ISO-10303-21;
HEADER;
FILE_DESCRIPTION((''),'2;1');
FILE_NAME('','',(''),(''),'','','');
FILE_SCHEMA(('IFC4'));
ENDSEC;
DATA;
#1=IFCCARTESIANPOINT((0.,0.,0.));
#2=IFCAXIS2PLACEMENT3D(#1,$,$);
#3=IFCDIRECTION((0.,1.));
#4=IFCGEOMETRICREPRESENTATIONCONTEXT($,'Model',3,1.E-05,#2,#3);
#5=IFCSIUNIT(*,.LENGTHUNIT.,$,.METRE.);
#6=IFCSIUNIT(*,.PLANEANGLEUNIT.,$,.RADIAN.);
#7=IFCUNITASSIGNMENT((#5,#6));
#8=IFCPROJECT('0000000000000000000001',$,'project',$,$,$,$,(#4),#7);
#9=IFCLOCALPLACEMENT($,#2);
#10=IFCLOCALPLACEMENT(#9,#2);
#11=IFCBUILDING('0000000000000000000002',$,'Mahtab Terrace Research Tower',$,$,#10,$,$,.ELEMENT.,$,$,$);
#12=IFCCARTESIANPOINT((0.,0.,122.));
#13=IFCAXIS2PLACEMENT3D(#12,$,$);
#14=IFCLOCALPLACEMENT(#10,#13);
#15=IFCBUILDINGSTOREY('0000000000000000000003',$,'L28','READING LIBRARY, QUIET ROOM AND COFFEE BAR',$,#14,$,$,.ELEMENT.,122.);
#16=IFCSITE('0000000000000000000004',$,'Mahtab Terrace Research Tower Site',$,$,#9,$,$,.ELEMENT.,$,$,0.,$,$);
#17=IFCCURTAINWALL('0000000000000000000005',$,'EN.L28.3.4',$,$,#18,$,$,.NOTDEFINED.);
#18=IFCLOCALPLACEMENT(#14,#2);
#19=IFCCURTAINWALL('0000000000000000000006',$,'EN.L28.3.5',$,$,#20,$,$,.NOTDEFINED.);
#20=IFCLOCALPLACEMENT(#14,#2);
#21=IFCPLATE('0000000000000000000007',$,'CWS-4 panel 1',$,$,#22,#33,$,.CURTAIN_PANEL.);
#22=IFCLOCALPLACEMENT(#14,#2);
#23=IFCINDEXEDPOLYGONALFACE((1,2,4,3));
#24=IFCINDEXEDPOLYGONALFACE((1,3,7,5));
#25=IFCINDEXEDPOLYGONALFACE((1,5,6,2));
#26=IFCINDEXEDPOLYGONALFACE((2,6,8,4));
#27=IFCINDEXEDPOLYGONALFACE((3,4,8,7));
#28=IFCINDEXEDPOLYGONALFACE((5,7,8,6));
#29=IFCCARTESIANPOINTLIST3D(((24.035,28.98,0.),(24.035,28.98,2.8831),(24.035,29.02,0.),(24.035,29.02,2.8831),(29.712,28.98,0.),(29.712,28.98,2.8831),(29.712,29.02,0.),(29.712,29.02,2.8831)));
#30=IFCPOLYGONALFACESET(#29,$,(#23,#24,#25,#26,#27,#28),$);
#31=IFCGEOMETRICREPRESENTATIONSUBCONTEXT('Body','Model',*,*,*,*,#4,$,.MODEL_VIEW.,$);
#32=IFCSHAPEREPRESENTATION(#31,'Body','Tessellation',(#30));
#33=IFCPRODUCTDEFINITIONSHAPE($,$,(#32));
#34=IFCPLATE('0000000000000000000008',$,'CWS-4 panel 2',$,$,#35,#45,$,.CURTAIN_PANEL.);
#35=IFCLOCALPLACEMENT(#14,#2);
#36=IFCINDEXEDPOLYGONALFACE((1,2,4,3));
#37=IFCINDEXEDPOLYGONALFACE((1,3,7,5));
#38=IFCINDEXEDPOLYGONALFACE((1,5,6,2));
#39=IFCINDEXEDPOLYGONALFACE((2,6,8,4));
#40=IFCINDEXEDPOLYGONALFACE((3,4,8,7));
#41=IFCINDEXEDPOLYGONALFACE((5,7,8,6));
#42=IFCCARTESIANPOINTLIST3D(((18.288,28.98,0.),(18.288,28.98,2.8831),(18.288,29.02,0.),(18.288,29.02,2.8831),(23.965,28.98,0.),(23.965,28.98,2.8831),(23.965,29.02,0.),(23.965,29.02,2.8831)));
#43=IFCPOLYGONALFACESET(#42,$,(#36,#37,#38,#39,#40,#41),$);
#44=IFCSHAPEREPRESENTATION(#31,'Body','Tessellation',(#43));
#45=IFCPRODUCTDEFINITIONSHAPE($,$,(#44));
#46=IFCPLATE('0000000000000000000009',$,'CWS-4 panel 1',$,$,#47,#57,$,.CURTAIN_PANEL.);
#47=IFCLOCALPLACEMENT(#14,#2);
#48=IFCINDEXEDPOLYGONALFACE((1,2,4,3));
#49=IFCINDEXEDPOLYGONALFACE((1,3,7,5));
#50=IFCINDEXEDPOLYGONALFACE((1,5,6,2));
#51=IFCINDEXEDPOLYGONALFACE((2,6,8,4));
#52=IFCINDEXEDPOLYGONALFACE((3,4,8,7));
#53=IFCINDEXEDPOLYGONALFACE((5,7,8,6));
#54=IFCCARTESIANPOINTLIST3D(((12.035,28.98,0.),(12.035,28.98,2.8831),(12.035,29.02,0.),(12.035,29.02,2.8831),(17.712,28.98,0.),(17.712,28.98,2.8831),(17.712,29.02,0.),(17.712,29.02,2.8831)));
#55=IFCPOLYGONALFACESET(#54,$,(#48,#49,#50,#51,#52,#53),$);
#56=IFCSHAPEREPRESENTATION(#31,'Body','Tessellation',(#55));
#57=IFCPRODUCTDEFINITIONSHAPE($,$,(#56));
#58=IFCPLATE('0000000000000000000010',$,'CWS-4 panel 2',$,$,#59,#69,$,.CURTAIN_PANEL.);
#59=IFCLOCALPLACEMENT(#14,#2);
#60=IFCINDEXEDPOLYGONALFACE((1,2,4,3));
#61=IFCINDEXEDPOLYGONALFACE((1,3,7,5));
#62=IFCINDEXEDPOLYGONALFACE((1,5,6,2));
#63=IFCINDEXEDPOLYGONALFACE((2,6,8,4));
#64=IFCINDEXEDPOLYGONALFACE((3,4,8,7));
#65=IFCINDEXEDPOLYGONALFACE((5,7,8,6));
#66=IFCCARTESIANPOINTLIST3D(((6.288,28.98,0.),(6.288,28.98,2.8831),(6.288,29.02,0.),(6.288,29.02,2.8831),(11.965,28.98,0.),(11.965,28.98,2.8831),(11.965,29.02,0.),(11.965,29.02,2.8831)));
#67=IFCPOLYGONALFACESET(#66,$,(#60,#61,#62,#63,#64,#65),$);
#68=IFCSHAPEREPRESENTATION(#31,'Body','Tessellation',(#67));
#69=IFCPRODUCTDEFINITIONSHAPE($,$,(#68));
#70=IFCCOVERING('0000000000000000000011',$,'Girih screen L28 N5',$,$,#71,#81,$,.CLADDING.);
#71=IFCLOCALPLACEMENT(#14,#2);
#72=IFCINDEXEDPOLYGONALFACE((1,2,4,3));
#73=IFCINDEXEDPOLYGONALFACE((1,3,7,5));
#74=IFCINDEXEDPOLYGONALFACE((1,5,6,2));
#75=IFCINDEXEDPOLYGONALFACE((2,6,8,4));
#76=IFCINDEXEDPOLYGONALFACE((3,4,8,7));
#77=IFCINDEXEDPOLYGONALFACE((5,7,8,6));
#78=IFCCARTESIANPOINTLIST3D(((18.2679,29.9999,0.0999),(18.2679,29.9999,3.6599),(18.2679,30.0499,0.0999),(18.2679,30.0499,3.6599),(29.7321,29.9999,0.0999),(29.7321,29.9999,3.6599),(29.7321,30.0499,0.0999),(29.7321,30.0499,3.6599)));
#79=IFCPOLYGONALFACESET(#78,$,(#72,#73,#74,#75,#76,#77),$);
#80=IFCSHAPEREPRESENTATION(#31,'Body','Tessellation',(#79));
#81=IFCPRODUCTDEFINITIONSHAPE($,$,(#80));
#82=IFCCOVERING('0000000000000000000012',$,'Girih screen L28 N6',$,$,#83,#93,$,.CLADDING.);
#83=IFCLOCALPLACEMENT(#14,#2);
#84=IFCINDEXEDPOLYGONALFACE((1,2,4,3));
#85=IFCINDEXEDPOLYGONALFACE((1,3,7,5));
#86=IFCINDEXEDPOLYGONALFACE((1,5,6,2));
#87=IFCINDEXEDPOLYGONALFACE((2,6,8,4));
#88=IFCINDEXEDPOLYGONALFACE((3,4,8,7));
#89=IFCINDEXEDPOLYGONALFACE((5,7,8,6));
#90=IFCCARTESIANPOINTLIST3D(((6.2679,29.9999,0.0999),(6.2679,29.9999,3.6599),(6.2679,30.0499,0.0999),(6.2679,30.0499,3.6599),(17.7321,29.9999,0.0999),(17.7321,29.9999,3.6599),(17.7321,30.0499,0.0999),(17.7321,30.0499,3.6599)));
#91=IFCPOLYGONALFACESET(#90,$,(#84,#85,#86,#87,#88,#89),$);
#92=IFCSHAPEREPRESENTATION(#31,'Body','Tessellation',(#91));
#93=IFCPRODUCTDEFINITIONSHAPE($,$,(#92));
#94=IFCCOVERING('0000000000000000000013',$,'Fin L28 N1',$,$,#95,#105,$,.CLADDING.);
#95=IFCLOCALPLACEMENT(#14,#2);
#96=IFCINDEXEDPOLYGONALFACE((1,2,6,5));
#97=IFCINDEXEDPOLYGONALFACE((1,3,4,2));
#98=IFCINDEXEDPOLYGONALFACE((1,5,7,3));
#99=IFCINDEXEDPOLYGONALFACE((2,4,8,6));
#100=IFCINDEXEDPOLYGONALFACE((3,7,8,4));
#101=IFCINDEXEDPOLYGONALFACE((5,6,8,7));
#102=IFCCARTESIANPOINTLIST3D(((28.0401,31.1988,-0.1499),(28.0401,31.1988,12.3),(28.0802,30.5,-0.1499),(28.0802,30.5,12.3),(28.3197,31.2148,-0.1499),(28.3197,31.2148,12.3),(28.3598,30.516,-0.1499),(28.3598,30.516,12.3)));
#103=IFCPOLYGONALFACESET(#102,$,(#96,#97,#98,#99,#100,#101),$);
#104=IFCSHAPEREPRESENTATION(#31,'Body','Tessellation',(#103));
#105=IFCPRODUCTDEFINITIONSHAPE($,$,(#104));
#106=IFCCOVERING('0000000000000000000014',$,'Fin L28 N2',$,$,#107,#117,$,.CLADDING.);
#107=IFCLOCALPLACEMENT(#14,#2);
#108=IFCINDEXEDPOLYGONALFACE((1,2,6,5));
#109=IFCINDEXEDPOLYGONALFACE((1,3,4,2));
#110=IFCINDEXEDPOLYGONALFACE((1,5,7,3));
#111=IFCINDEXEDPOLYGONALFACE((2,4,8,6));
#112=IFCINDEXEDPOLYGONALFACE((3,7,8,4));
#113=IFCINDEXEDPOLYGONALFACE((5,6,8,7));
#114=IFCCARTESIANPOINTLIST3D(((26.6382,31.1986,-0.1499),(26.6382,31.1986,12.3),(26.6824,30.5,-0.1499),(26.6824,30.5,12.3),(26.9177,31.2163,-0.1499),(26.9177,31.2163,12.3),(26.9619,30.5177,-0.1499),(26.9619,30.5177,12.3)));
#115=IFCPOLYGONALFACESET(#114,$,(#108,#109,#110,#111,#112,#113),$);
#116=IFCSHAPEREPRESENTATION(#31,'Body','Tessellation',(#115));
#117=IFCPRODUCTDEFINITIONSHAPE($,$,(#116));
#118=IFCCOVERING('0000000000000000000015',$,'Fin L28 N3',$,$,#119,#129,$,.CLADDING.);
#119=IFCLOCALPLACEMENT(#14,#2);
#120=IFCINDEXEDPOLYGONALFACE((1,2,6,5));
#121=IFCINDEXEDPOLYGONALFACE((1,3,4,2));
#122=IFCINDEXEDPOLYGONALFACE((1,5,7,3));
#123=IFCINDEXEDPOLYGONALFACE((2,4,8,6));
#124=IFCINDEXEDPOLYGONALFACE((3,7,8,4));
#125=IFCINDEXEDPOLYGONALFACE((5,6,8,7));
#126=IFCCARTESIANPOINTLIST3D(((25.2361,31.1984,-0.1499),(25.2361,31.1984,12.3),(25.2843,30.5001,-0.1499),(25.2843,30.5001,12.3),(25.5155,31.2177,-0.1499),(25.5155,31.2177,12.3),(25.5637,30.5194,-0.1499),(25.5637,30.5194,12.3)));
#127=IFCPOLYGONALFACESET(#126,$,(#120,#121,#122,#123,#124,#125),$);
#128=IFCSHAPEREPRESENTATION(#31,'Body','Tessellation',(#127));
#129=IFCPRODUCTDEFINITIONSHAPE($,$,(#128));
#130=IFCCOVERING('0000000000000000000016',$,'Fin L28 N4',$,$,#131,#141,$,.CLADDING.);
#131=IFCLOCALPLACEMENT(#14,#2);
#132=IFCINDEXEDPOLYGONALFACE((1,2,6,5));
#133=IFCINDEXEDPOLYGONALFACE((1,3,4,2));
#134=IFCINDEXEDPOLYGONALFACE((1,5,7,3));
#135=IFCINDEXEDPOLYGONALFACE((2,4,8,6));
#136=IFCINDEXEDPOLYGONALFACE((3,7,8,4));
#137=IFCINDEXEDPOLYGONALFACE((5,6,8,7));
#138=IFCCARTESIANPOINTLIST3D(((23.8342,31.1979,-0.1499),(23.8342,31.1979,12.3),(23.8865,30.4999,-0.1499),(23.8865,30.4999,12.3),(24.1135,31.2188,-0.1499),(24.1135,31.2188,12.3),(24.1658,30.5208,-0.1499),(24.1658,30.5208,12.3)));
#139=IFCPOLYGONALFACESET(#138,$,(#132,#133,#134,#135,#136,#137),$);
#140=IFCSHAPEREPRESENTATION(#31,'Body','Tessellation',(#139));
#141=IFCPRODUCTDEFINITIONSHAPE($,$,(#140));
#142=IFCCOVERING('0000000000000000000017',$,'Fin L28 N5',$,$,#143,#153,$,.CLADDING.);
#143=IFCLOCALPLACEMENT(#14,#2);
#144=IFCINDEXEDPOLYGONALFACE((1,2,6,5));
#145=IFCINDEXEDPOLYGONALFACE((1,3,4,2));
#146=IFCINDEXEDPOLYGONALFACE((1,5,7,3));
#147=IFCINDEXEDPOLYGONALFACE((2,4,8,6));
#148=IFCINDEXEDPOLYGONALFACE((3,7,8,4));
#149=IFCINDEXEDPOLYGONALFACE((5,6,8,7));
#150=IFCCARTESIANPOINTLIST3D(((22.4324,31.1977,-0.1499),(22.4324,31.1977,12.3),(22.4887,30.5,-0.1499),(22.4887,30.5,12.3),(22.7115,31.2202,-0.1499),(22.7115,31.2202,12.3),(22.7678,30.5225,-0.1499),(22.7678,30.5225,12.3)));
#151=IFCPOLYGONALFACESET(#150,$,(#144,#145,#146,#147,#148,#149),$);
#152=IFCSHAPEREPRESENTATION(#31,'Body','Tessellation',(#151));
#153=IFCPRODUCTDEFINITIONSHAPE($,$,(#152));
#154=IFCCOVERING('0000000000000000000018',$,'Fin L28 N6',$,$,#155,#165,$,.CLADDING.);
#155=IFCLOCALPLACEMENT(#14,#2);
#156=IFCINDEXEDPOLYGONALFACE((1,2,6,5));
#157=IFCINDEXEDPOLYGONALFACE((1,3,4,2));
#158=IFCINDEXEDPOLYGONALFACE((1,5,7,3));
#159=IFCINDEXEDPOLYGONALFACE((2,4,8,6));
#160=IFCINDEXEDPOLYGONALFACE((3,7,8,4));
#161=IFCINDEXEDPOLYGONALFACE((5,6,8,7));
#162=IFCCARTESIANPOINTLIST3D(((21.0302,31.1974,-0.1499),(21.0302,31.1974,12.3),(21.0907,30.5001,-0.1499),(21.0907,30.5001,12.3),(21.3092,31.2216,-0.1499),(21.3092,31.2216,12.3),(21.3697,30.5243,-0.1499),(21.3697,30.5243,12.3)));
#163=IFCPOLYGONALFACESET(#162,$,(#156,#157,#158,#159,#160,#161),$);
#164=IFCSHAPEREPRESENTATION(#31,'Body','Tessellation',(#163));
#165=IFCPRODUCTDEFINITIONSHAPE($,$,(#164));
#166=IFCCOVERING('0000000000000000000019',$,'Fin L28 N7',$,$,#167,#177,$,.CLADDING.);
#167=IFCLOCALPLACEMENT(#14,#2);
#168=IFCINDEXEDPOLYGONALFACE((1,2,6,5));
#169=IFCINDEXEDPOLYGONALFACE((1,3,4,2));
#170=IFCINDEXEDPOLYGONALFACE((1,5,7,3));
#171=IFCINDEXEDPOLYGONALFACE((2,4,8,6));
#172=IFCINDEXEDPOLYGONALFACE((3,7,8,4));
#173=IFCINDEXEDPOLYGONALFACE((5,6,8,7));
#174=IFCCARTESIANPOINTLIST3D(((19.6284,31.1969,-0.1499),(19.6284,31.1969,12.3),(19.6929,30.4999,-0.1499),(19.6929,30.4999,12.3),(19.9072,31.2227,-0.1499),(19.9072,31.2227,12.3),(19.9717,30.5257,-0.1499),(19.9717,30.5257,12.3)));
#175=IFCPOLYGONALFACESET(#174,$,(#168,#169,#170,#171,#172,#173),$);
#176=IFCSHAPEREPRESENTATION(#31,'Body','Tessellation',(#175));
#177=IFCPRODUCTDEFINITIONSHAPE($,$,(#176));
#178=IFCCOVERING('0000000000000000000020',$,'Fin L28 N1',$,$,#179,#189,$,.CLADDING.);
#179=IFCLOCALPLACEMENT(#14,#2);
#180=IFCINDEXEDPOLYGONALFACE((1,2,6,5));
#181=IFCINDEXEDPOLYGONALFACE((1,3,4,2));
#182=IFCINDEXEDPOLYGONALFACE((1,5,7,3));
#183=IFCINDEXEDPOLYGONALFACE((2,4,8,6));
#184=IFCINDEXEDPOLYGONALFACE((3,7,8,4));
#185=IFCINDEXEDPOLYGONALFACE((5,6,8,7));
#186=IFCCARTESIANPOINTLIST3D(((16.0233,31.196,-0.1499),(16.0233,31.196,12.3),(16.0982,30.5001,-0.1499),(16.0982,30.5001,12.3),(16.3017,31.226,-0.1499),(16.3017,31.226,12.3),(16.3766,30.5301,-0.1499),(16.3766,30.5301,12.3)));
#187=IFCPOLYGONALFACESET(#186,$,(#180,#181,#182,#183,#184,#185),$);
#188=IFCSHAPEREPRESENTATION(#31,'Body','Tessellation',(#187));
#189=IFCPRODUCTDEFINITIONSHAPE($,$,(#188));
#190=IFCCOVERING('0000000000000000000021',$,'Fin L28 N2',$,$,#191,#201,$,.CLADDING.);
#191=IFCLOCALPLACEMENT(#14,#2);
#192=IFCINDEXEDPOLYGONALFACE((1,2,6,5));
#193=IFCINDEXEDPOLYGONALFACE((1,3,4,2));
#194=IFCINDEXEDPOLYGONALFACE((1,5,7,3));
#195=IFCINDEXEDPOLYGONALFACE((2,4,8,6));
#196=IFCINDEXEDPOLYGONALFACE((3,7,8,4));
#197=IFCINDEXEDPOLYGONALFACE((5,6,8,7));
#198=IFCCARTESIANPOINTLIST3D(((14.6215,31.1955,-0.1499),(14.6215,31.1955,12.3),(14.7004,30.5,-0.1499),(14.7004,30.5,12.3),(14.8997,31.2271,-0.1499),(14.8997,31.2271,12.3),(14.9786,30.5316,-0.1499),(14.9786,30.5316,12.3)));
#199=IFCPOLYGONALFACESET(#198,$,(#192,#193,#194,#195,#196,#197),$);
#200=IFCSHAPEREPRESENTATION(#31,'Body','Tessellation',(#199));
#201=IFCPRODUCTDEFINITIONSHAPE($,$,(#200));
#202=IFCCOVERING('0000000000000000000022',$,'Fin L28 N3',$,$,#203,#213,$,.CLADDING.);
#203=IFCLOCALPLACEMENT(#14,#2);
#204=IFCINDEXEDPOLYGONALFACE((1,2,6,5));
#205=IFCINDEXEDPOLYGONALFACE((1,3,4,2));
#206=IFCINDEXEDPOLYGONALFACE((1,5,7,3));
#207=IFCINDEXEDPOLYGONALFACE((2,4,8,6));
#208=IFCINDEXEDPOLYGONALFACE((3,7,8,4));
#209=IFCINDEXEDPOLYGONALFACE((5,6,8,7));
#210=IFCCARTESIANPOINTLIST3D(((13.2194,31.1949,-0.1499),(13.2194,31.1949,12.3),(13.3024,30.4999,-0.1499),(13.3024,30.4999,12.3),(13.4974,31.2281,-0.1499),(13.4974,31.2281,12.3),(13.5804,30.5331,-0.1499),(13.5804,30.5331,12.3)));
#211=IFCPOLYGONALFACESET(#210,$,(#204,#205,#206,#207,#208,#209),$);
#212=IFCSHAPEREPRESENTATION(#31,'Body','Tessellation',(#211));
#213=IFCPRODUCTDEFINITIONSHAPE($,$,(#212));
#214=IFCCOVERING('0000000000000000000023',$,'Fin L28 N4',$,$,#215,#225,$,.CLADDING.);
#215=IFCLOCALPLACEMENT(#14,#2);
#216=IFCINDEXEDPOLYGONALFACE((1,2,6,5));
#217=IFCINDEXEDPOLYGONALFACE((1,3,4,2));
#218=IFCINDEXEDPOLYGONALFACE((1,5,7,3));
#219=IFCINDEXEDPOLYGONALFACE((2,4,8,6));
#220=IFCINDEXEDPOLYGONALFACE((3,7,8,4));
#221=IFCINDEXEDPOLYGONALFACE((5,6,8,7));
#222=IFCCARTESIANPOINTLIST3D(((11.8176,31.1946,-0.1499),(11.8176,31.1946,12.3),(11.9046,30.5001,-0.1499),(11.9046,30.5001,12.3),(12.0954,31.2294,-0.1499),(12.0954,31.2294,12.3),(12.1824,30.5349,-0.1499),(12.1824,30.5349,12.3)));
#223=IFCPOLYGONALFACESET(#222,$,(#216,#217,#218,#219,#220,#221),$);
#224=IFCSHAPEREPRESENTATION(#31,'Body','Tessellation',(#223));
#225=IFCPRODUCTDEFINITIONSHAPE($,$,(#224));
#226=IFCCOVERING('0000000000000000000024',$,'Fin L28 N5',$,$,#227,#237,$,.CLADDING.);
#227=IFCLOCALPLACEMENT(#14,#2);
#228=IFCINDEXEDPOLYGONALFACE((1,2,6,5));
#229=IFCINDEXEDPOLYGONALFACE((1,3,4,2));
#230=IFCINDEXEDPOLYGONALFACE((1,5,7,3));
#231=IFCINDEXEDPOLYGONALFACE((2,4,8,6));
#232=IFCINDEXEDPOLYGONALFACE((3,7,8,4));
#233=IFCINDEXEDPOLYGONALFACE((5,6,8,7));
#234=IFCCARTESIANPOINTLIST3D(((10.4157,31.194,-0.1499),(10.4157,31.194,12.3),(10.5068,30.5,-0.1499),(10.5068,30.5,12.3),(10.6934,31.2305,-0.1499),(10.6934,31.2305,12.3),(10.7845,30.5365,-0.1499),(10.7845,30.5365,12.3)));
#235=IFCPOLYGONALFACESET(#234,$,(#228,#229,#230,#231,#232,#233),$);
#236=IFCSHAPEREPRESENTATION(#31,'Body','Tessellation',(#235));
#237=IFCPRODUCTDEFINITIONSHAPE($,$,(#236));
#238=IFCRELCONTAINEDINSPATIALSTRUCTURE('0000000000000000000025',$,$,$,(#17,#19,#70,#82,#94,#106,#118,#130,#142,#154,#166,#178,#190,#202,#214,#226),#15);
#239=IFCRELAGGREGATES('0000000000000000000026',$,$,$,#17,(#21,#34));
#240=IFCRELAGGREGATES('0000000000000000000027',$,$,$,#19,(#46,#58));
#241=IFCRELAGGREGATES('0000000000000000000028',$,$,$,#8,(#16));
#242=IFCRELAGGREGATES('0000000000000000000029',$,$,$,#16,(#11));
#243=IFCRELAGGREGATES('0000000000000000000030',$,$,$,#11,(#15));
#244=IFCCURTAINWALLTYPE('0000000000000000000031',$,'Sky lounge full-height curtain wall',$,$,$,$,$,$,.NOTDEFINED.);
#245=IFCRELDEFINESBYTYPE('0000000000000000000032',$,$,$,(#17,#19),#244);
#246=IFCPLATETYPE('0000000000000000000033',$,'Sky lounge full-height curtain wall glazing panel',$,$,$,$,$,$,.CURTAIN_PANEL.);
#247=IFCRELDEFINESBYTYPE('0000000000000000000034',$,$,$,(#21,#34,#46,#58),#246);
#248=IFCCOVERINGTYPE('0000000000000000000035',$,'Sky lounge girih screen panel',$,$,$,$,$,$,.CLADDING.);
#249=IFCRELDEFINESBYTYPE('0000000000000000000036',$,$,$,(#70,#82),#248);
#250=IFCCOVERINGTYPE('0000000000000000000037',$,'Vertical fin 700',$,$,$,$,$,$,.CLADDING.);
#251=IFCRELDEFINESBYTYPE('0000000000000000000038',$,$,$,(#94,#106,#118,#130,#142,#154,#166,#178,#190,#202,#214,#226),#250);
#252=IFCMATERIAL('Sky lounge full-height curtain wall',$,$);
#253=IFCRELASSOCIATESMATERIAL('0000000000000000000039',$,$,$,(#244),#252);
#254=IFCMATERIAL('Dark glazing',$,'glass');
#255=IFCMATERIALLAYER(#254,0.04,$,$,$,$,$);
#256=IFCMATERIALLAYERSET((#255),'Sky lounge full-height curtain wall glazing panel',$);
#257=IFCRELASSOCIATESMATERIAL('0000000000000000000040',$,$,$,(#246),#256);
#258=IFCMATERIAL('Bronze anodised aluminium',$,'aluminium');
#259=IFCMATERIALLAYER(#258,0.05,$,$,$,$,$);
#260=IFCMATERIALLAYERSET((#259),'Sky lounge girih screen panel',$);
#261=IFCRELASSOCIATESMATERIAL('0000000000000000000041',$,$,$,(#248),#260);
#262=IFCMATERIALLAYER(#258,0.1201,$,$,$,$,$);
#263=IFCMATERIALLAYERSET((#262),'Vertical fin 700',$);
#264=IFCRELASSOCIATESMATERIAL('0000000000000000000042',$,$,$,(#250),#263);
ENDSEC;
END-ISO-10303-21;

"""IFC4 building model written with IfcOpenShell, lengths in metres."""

from ifc_helpers import new_model, si_unit, direction, frame, origin, origin_2d, place, context, subcontext, project, spatial, rectangle, extrude, material, layer, layer_set, type_object, element, aggregate, save


model = new_model("IFC4")

# Units and contexts
model_context = context("Model", 3, precision=1e-05, world=origin(), true_north=direction((0.0, 1.0)))
body_context = subcontext(model_context, "Body", "Model", "MODEL_VIEW")
ifc_project = project(units=[si_unit("LENGTHUNIT", "METRE"), si_unit("PLANEANGLEUNIT", "RADIAN")], contexts=[model_context])

# Site, building, storey
site_placement = place(None, origin())
site = spatial("IfcSite", under=ifc_project, at=site_placement, Name="Mahtab Terrace Research Tower Site", CompositionType="ELEMENT", RefElevation=0.0)
building_placement = place(site_placement, origin())
building = spatial("IfcBuilding", under=site, at=building_placement, Name="Mahtab Terrace Research Tower", CompositionType="ELEMENT")
storey_placement = place(building_placement, frame((0.0, 0.0, 122.0)))
storey = spatial("IfcBuildingStorey", under=building, at=storey_placement, Name="L28", Description="READING LIBRARY, QUIET ROOM AND COFFEE BAR", CompositionType="ELEMENT", Elevation=122.0)

# Curtain walls
ifc_material_1 = material(Name="Sky lounge full-height curtain wall")
curtain_wall_type = type_object("IfcCurtainWallType", Name="Sky lounge full-height curtain wall", PredefinedType="NOTDEFINED", material=ifc_material_1)
curtain_wall_1_placement = place(storey_placement, origin())
curtain_wall_1 = element("IfcCurtainWall", 1, at=curtain_wall_1_placement, inside=storey, type_object=curtain_wall_type, Name="EN.L28.3.4", PredefinedType="NOTDEFINED")
curtain_wall_2_placement = place(storey_placement, origin())
curtain_wall_2 = element("IfcCurtainWall", 2, at=curtain_wall_2_placement, inside=storey, type_object=curtain_wall_type, Name="EN.L28.3.5", PredefinedType="NOTDEFINED")

# Plates
ifc_material_2 = material(Name="Dark glazing", Category="glass")
ifc_layer_1 = layer(ifc_material_2, 0.04)
ifc_layer_set_1 = layer_set([ifc_layer_1], Name="Sky lounge full-height curtain wall glazing panel")
plate_type = type_object("IfcPlateType", Name="Sky lounge full-height curtain wall glazing panel", PredefinedType="CURTAIN_PANEL", material=ifc_layer_set_1)
plate_1_placement = place(storey_placement, frame((26.8735, 29.0, 0.0), z_axis=(0.0, 0.0, 1.0), x_axis=(-1.0, 0.0, 0.0)))
plate_1 = element("IfcPlate", 3, at=plate_1_placement, type_object=plate_type, Name="CWS-4 panel 1", PredefinedType="CURTAIN_PANEL", context=body_context, shape_type="SweptSolid", body=[
    extrude(rectangle(XDim=5.677, YDim=0.04, at=origin_2d()), origin(), (0.0, 0.0, 1.0), 2.8831),
])
plate_2_placement = place(storey_placement, frame((21.1265, 29.0, 0.0), z_axis=(0.0, 0.0, 1.0), x_axis=(-1.0, 0.0, 0.0)))
plate_2 = element("IfcPlate", 4, at=plate_2_placement, type_object=plate_type, Name="CWS-4 panel 2", PredefinedType="CURTAIN_PANEL", context=body_context, shape_type="SweptSolid", body=[
    extrude(rectangle(XDim=5.677, YDim=0.04, at=origin_2d()), origin(), (0.0, 0.0, 1.0), 2.8831),
])
aggregate(curtain_wall_1, [plate_1, plate_2])
plate_3_placement = place(storey_placement, frame((14.8735, 29.0, 0.0), z_axis=(0.0, 0.0, 1.0), x_axis=(-1.0, 0.0, 0.0)))
plate_3 = element("IfcPlate", 5, at=plate_3_placement, type_object=plate_type, Name="CWS-4 panel 1", PredefinedType="CURTAIN_PANEL", context=body_context, shape_type="SweptSolid", body=[
    extrude(rectangle(XDim=5.677, YDim=0.04, at=origin_2d()), origin(), (0.0, 0.0, 1.0), 2.8831),
])
plate_4_placement = place(storey_placement, frame((9.1265, 29.0, 0.0), z_axis=(0.0, 0.0, 1.0), x_axis=(-1.0, 0.0, 0.0)))
plate_4 = element("IfcPlate", 6, at=plate_4_placement, type_object=plate_type, Name="CWS-4 panel 2", PredefinedType="CURTAIN_PANEL", context=body_context, shape_type="SweptSolid", body=[
    extrude(rectangle(XDim=5.677, YDim=0.04, at=origin_2d()), origin(), (0.0, 0.0, 1.0), 2.8831),
])
aggregate(curtain_wall_2, [plate_3, plate_4])

# Coverings
ifc_material_3 = material(Name="Bronze anodised aluminium", Category="aluminium")
ifc_layer_2 = layer(ifc_material_3, 0.05)
ifc_layer_set_2 = layer_set([ifc_layer_2], Name="Sky lounge girih screen panel")
covering_type_1 = type_object("IfcCoveringType", Name="Sky lounge girih screen panel", PredefinedType="CLADDING", material=ifc_layer_set_2)
for number, where, z_axis, x_axis, name in (
    (7, (24.0, 30.0249, 0.0999), (0.0, 0.0, 1.0), (-1.0, 0.0, 0.0), "Girih screen L28 N5"),
    (8, (12.0, 30.0249, 0.0999), (0.0, 0.0, 1.0), (-1.0, 0.0, 0.0), "Girih screen L28 N6"),
):
    element("IfcCovering", number, at=place(storey_placement, frame(where, z_axis=z_axis, x_axis=x_axis)), inside=storey, type_object=covering_type_1, Name=name, PredefinedType="CLADDING", context=body_context, shape_type="SweptSolid", body=[
        extrude(rectangle(XDim=11.4641, YDim=0.05, at=origin_2d()), origin(), (0.0, 0.0, 1.0), 3.5601),
    ])
ifc_layer_3 = layer(ifc_material_3, 0.1201)
ifc_layer_set_3 = layer_set([ifc_layer_3], Name="Vertical fin 700")
covering_type_2 = type_object("IfcCoveringType", Name="Vertical fin 700", PredefinedType="CLADDING", material=ifc_layer_set_3)
for number, where, z_axis, x_axis, name in (
    (9, (28.2, 30.8574, -0.1499), (0.0, 0.0, 1.0), (-0.998356, -0.057315, 0.0), "Fin L28 N1"),
    (10, (26.8, 30.8582, -0.1499), (0.0, 0.0, 1.0), (-0.998006, -0.063122, 0.0), "Fin L28 N2"),
    (11, (25.3999, 30.8589, -0.1499), (0.0, 0.0, 1.0), (-0.997622, -0.068927, 0.0), "Fin L28 N3"),
    (12, (24.0, 30.8594, -0.1499), (0.0, 0.0, 1.0), (-0.997204, -0.07473, 0.0), "Fin L28 N4"),
    (13, (22.6001, 30.8601, -0.1499), (0.0, 0.0, 1.0), (-0.996752, -0.08053, 0.0), "Fin L28 N5"),
    (14, (21.2, 30.8608, -0.1499), (0.0, 0.0, 1.0), (-0.996267, -0.086328, 0.0), "Fin L28 N6"),
    (15, (19.8, 30.8613, -0.1499), (0.0, 0.0, 1.0), (-0.995748, -0.092122, 0.0), "Fin L28 N7"),
    (16, (16.2, 30.863, -0.1499), (0.0, 0.0, 1.0), (-0.994258, -0.107008, 0.0), "Fin L28 N1"),
    (17, (14.8, 30.8635, -0.1499), (0.0, 0.0, 1.0), (-0.993619, -0.11279, 0.0), "Fin L28 N2"),
    (18, (13.3999, 30.864, -0.1499), (0.0, 0.0, 1.0), (-0.992946, -0.118569, 0.0), "Fin L28 N3"),
    (19, (12.0, 30.8647, -0.1499), (0.0, 0.0, 1.0), (-0.992239, -0.124344, 0.0), "Fin L28 N4"),
    (20, (10.6001, 30.8652, -0.1499), (0.0, 0.0, 1.0), (-0.991499, -0.130114, 0.0), "Fin L28 N5"),
):
    element("IfcCovering", number, at=place(storey_placement, frame(where, z_axis=z_axis, x_axis=x_axis)), inside=storey, type_object=covering_type_2, Name=name, PredefinedType="CLADDING", context=body_context, shape_type="SweptSolid", body=[
        extrude(rectangle(XDim=0.28, YDim=0.7, at=origin_2d()), origin(), (0.0, 0.0, 1.0), 12.45),
    ])

save(model, "model.ifc")
